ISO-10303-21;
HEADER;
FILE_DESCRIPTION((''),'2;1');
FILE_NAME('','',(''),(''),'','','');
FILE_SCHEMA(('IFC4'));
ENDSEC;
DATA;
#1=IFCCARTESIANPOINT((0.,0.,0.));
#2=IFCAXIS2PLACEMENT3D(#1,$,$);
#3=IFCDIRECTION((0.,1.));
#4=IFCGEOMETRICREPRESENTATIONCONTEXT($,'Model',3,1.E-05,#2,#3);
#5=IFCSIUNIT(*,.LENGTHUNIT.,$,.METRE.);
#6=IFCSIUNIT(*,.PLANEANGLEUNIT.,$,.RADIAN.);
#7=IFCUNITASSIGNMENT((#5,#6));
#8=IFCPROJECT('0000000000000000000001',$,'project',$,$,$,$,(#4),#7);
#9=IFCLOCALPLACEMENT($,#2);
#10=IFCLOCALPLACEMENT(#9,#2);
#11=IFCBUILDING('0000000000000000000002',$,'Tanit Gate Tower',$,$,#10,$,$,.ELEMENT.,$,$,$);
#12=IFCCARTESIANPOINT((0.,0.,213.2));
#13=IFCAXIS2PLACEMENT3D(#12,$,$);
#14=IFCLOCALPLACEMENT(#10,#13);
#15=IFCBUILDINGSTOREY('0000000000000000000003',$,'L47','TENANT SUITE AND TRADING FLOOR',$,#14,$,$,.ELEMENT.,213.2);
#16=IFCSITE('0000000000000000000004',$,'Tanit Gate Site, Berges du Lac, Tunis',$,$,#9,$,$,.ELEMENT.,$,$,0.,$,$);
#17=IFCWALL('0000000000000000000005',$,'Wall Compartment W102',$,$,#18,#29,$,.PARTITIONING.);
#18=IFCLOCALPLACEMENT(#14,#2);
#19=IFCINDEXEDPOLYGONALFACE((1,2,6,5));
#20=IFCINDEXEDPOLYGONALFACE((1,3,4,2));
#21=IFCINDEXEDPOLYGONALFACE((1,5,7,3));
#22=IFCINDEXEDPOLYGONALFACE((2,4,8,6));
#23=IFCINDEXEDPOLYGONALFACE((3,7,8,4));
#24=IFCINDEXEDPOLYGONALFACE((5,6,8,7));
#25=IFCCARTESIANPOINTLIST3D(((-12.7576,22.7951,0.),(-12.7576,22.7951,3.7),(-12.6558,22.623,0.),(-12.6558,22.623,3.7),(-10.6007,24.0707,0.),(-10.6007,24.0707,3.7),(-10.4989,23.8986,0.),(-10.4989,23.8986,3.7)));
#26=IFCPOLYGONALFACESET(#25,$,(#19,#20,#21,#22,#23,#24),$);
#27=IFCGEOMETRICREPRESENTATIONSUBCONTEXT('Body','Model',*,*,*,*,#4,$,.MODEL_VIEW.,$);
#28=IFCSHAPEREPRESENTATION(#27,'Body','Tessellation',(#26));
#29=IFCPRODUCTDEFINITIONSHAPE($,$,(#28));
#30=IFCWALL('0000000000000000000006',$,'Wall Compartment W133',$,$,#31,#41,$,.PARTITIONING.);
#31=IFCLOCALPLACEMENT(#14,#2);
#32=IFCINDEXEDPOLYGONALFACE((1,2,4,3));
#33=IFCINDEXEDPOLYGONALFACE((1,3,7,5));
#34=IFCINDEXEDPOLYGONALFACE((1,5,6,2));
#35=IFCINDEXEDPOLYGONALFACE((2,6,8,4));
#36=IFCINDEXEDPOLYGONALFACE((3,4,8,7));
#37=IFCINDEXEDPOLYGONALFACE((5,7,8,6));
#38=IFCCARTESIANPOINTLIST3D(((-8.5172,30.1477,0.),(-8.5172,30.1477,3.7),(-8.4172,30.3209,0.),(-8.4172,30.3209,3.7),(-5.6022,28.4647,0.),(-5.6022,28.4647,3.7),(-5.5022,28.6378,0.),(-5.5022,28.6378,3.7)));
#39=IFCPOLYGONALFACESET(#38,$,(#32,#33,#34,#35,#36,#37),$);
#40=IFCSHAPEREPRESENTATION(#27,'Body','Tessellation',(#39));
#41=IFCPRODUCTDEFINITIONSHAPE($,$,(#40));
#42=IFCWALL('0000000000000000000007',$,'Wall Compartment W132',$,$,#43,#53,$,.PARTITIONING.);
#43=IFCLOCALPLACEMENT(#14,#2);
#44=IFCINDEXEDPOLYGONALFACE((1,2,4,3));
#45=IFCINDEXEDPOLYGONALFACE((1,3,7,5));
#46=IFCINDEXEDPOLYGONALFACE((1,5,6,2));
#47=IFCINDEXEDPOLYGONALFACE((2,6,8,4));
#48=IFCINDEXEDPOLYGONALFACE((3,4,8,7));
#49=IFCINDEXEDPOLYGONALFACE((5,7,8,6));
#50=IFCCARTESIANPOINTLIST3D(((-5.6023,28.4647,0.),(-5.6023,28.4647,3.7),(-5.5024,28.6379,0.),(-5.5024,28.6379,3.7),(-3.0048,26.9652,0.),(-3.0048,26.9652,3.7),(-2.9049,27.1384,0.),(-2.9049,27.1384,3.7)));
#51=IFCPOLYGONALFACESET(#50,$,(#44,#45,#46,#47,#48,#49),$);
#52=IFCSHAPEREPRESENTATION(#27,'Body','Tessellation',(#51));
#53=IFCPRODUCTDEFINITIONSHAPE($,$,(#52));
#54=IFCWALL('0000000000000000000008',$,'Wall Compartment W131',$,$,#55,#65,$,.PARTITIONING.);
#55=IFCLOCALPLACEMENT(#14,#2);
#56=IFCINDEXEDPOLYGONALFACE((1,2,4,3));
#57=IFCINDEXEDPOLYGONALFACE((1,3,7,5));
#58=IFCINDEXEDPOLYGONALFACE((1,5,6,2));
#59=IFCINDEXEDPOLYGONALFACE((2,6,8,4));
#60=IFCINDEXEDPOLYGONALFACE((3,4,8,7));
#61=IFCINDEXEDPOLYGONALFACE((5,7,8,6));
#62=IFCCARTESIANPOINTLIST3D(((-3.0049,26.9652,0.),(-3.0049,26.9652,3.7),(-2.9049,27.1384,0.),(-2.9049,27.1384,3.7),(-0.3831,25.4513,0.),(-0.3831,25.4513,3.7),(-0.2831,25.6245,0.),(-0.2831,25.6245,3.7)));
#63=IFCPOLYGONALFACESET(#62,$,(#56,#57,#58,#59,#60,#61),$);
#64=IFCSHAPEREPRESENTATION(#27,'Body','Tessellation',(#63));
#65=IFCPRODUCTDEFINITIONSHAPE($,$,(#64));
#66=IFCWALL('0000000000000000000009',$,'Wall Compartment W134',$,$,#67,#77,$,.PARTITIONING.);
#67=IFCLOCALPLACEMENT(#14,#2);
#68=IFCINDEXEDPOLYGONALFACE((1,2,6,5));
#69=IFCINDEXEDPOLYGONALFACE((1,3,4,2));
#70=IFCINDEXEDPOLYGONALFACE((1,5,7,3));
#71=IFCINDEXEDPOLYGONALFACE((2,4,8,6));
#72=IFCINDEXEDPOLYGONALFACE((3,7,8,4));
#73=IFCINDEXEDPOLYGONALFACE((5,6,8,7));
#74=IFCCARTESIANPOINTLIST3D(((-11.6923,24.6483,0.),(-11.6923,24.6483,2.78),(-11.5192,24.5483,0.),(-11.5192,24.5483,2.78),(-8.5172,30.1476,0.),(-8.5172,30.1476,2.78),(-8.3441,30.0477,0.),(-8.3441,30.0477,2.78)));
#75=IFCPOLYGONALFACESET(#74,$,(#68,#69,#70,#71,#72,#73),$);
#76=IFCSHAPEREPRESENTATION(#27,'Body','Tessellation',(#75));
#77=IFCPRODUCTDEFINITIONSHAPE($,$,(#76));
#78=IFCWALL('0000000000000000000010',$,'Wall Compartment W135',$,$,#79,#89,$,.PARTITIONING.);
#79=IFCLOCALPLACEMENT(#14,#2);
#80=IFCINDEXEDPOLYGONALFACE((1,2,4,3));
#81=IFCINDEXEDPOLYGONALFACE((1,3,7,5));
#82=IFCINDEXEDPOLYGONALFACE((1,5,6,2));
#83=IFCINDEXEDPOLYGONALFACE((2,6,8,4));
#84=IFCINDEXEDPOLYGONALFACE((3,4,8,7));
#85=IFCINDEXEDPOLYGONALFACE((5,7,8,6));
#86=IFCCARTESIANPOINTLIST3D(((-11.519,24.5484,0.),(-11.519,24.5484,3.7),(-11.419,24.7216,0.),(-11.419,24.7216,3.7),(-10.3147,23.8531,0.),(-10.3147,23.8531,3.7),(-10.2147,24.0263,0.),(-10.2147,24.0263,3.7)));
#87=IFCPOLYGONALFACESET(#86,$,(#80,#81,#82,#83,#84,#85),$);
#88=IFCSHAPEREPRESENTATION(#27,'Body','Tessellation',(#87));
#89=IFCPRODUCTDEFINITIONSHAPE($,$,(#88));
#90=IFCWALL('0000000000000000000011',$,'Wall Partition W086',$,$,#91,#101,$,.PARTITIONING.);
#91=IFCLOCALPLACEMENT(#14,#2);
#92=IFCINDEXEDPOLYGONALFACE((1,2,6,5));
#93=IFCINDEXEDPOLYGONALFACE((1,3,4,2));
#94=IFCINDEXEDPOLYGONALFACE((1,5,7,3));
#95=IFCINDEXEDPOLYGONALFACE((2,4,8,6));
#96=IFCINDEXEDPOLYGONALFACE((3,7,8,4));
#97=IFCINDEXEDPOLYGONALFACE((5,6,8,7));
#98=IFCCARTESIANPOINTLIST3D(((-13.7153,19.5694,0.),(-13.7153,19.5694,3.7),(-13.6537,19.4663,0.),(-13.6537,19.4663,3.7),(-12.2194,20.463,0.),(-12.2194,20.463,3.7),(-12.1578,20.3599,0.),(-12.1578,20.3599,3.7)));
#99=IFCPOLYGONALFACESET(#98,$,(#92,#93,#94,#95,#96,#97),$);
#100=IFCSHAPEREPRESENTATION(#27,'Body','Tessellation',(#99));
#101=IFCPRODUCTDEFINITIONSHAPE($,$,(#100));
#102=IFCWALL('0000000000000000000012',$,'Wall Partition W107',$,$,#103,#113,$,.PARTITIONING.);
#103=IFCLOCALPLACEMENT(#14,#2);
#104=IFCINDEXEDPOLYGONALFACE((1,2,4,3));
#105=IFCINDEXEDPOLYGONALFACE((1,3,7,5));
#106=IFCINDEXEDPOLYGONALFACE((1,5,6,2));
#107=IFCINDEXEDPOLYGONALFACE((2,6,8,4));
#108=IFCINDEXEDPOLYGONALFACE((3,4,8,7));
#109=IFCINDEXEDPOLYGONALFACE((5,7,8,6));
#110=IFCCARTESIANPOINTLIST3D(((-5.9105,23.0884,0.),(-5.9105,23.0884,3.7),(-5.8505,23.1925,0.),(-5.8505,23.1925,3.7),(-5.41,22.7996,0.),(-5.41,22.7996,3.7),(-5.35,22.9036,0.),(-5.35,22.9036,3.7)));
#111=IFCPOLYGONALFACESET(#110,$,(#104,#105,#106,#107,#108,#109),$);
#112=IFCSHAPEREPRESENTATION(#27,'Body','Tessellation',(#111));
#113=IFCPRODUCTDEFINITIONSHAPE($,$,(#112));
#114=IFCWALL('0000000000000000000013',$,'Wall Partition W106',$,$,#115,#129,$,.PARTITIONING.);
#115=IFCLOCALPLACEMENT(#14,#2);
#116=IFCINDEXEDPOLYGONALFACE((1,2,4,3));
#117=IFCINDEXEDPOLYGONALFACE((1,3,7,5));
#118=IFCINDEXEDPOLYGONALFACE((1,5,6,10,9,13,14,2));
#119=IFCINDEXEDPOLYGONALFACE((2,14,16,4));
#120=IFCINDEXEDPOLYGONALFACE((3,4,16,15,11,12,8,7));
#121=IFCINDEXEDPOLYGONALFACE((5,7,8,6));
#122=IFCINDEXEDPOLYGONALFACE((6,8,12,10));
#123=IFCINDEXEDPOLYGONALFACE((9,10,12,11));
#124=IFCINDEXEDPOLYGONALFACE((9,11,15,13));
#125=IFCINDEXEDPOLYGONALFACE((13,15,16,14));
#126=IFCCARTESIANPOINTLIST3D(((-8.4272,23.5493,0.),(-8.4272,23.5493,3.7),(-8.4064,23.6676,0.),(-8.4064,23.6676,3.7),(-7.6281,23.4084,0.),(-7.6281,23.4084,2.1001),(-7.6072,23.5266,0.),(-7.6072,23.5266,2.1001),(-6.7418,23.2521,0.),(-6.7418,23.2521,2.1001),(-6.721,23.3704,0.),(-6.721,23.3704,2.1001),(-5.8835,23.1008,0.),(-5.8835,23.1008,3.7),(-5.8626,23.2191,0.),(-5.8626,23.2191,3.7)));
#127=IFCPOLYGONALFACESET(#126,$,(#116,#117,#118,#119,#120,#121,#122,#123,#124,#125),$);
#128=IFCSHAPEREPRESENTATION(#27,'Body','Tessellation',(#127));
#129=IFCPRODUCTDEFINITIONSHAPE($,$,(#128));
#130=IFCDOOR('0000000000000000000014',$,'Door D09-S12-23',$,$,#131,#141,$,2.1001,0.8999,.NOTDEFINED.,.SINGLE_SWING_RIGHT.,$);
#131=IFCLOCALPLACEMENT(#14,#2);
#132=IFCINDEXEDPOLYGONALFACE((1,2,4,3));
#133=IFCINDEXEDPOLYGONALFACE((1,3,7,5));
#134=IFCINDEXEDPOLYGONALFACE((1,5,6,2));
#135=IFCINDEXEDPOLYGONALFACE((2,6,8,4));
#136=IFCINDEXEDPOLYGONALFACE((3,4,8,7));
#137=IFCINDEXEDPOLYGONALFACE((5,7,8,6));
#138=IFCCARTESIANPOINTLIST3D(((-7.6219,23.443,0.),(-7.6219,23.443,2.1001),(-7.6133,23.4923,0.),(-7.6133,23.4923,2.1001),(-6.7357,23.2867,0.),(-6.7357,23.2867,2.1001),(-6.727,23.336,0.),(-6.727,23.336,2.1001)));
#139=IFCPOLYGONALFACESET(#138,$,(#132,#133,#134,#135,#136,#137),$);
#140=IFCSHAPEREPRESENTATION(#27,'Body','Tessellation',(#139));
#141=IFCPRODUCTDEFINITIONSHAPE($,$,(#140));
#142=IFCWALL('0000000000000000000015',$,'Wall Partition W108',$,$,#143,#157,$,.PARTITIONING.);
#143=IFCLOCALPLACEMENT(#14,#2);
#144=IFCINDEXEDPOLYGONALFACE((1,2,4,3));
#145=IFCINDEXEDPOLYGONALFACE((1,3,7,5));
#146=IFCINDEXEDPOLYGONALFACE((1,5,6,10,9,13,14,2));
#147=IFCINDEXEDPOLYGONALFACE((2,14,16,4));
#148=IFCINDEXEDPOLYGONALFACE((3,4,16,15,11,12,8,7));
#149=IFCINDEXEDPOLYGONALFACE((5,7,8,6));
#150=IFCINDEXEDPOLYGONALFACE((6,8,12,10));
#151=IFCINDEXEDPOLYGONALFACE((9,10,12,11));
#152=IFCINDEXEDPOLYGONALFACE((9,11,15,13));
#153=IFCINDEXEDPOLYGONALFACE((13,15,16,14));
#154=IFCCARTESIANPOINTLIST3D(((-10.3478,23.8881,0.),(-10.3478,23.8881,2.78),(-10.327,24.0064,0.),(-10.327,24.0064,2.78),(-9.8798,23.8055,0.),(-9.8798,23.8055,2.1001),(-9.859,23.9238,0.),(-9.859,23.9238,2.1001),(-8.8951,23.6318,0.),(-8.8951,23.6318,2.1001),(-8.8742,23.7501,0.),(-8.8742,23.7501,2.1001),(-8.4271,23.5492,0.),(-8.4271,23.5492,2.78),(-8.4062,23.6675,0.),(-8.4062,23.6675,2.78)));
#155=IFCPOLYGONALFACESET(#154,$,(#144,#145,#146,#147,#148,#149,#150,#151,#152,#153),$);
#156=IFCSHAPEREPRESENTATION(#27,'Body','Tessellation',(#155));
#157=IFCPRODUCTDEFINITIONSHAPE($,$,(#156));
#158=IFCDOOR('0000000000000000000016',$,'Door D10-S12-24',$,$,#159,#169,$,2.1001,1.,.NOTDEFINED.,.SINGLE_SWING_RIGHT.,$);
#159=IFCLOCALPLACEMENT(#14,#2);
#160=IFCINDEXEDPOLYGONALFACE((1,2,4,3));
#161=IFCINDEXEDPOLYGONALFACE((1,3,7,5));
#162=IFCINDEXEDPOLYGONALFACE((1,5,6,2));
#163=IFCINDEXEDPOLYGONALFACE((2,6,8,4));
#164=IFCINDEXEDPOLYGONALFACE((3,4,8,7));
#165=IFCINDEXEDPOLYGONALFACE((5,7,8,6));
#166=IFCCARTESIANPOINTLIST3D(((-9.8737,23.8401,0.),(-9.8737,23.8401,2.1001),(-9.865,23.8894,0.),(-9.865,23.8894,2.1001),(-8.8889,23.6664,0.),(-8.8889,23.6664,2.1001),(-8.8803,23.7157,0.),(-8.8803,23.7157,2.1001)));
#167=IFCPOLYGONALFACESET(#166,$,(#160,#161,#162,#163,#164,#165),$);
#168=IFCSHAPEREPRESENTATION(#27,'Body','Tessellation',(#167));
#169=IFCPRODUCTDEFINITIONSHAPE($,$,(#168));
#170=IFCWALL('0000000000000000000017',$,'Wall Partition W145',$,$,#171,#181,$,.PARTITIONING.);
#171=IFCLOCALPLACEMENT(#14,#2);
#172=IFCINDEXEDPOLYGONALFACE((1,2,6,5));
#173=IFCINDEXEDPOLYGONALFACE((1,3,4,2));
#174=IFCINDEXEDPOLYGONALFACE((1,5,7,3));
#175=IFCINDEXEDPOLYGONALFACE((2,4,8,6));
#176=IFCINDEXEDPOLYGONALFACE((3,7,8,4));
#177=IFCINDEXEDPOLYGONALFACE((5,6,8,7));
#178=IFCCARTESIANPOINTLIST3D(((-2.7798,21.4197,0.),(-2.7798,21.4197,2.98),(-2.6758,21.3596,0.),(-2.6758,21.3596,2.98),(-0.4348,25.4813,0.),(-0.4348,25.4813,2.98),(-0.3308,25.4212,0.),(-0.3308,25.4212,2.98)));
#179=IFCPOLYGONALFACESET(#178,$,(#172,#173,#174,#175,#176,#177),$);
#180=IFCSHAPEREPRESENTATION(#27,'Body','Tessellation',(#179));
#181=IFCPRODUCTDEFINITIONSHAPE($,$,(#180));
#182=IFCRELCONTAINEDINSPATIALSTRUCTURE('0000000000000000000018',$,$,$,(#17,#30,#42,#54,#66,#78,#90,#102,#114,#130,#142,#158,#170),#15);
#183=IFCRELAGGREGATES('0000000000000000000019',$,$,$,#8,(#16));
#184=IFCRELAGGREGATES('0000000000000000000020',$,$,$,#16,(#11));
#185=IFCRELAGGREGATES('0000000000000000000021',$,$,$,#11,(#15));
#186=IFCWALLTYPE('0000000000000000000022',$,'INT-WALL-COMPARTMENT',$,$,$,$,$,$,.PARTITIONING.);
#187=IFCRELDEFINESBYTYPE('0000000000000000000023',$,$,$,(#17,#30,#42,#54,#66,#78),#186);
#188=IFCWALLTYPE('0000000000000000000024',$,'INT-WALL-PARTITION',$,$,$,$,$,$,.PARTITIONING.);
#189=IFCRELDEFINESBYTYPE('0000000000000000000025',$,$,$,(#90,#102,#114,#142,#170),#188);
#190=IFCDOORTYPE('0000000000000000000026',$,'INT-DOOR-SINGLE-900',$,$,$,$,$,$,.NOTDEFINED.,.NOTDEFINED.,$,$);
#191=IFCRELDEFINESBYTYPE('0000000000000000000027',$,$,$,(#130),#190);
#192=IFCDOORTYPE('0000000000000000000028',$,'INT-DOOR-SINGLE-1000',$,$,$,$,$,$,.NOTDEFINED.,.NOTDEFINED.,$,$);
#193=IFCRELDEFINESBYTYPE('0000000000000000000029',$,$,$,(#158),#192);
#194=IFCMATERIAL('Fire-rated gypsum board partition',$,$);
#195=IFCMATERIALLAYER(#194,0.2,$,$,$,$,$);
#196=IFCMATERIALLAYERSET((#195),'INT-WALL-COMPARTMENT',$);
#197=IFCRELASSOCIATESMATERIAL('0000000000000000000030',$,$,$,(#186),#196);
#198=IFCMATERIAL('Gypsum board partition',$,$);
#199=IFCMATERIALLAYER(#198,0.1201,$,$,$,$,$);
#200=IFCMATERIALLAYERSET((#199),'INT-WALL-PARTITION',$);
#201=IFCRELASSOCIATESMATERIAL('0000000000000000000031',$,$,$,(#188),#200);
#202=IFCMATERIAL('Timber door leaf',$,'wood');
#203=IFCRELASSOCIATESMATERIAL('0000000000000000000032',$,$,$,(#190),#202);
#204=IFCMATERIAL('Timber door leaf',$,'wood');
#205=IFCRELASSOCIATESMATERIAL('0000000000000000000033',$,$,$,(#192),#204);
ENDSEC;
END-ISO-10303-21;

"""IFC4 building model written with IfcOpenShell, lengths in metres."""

from ifc_helpers import new_model, si_unit, direction, frame, frame_2d, origin, place, context, subcontext, project, spatial, rectangle, extrude, material, layer, layer_set, type_object, element, fill, save


model = new_model("IFC4")

# Units and contexts
model_context = context("Model", 3, precision=1e-05, world=origin(), true_north=direction((0.0, 1.0)))
body_context = subcontext(model_context, "Body", "Model", "MODEL_VIEW")
ifc_project = project(units=[si_unit("LENGTHUNIT", "METRE"), si_unit("PLANEANGLEUNIT", "RADIAN")], contexts=[model_context])

# Site, building, storey
site_placement = place(None, origin())
site = spatial("IfcSite", under=ifc_project, at=site_placement, Name="Tanit Gate Site, Berges du Lac, Tunis", CompositionType="ELEMENT", RefElevation=0.0)
building_placement = place(site_placement, origin())
building = spatial("IfcBuilding", under=site, at=building_placement, Name="Tanit Gate Tower", CompositionType="ELEMENT")
storey_placement = place(building_placement, frame((0.0, 0.0, 213.2)))
storey = spatial("IfcBuildingStorey", under=building, at=storey_placement, Name="L47", Description="TENANT SUITE AND TRADING FLOOR", CompositionType="ELEMENT", Elevation=213.2)

# Walls
ifc_material_1 = material(Name="Fire-rated gypsum board partition")
ifc_layer_1 = layer(ifc_material_1, 0.2)
ifc_layer_set_1 = layer_set([ifc_layer_1], Name="INT-WALL-COMPARTMENT")
wall_type_1 = type_object("IfcWallType", Name="INT-WALL-COMPARTMENT", PredefinedType="PARTITIONING", material=ifc_layer_set_1)
wall_1_placement = place(storey_placement, frame((-10.5498, 23.9846, 0.0), z_axis=(0.0, 0.0, 1.0), x_axis=(-0.860742, -0.509041, 0.0)))
element("IfcWall", 1, at=wall_1_placement, inside=storey, type_object=wall_type_1, Name="Wall Compartment W102", PredefinedType="PARTITIONING", context=body_context, shape_type="SweptSolid", body=[
    extrude(rectangle(XDim=2.5059, YDim=0.2, at=frame_2d((1.2529, 0.0))), origin(), (0.0, 0.0, 1.0), 3.7),
])
wall_2_placement = place(storey_placement, frame((-8.4673, 30.2344, 0.0), z_axis=(0.0, 0.0, 1.0), x_axis=(0.866012, -0.500024, 0.0)))
element("IfcWall", 2, at=wall_2_placement, inside=storey, type_object=wall_type_1, Name="Wall Compartment W133", PredefinedType="PARTITIONING", context=body_context, shape_type="SweptSolid", body=[
    extrude(rectangle(XDim=3.366, YDim=0.2, at=frame_2d((1.6831, 0.0))), origin(), (0.0, 0.0, 1.0), 3.7),
])
wall_3_placement = place(storey_placement, frame((-5.5522, 28.5513, 0.0), z_axis=(0.0, 0.0, 1.0), x_axis=(0.866041, -0.499974, 0.0)))
element("IfcWall", 3, at=wall_3_placement, inside=storey, type_object=wall_type_1, Name="Wall Compartment W132", PredefinedType="PARTITIONING", context=body_context, shape_type="SweptSolid", body=[
    extrude(rectangle(XDim=2.9993, YDim=0.2, at=frame_2d((1.4995, 0.0))), origin(), (0.0, 0.0, 1.0), 3.7),
])
wall_4_placement = place(storey_placement, frame((-2.9548, 27.0518, 0.0), z_axis=(0.0, 0.0, 1.0), x_axis=(0.865996, -0.500051, 0.0)))
element("IfcWall", 4, at=wall_4_placement, inside=storey, type_object=wall_type_1, Name="Wall Compartment W131", PredefinedType="PARTITIONING", context=body_context, shape_type="SweptSolid", body=[
    extrude(rectangle(XDim=3.0276, YDim=0.2, at=frame_2d((1.5137, 0.0))), origin(), (0.0, 0.0, 1.0), 3.7),
])
wall_5_placement = place(storey_placement, frame((-8.4307, 30.0977, 0.0), z_axis=(0.0, 0.0, 1.0), x_axis=(-0.500005, -0.866022, 0.0)))
element("IfcWall", 5, at=wall_5_placement, inside=storey, type_object=wall_type_1, Name="Wall Compartment W134", PredefinedType="PARTITIONING", context=body_context, shape_type="SweptSolid", body=[
    extrude(rectangle(XDim=6.3501, YDim=0.2, at=frame_2d((3.175, 0.0))), origin(), (0.0, 0.0, 1.0), 2.78),
])
wall_6_placement = place(storey_placement, frame((-11.469, 24.635, 0.0), z_axis=(0.0, 0.0, 1.0), x_axis=(0.866031, -0.499991, 0.0)))
element("IfcWall", 6, at=wall_6_placement, inside=storey, type_object=wall_type_1, Name="Wall Compartment W135", PredefinedType="PARTITIONING", context=body_context, shape_type="SweptSolid", body=[
    extrude(rectangle(XDim=1.3906, YDim=0.2, at=frame_2d((0.6953, 0.0))), origin(), (0.0, 0.0, 1.0), 3.7),
])
ifc_material_2 = material(Name="Gypsum board partition")
ifc_layer_2 = layer(ifc_material_2, 0.1201)
ifc_layer_set_2 = layer_set([ifc_layer_2], Name="INT-WALL-PARTITION")
wall_type_2 = type_object("IfcWallType", Name="INT-WALL-PARTITION", PredefinedType="PARTITIONING", material=ifc_layer_set_2)
wall_7_placement = place(storey_placement, frame((-12.1887, 20.4114, 0.0), z_axis=(0.0, 0.0, 1.0), x_axis=(-0.858493, -0.512826, 0.0)))
element("IfcWall", 7, at=wall_7_placement, inside=storey, type_object=wall_type_2, Name="Wall Partition W086", PredefinedType="PARTITIONING", context=body_context, shape_type="SweptSolid", body=[
    extrude(rectangle(XDim=1.7424, YDim=0.1201, at=frame_2d((0.8711, 0.0))), origin(), (0.0, 0.0, 1.0), 3.7),
])
wall_8_placement = place(storey_placement, frame((-5.3799, 22.8516, 0.0), z_axis=(0.0, 0.0, 1.0), x_axis=(-0.866129, 0.49982, 0.0)))
element("IfcWall", 8, at=wall_8_placement, inside=storey, type_object=wall_type_2, Name="Wall Partition W107", PredefinedType="PARTITIONING", context=body_context, shape_type="SweptSolid", body=[
    extrude(rectangle(XDim=0.5779, YDim=0.1201, at=frame_2d((0.2891, 0.0))), origin(), (0.0, 0.0, 1.0), 3.7),
])

# Walls, openings, doors
wall_9_placement = place(storey_placement, frame((-5.873, 23.1599, 0.0), z_axis=(0.0, 0.0, 1.0), x_axis=(-0.98481, 0.173634, 0.0)))
wall_9 = element("IfcWall", 9, at=wall_9_placement, inside=storey, type_object=wall_type_2, Name="Wall Partition W106", PredefinedType="PARTITIONING", context=body_context, shape_type="SweptSolid", body=[
    extrude(rectangle(XDim=2.583, YDim=0.1201, at=frame_2d((1.2915, 0.0))), origin(), (0.0, 0.0, 1.0), 3.7),
])
opening_1_placement = place(wall_9_placement, frame((0.8716, 0.0, 0.0)))
opening_1 = element("IfcOpeningElement", 10, at=opening_1_placement, cuts=wall_9, PredefinedType="OPENING", context=body_context, shape_type="SweptSolid", body=[
    extrude(rectangle(XDim=0.8999, YDim=2.1001, at=frame_2d((0.45, 1.05))), frame((0.0, 0.0701, 0.0), z_axis=(0.0, -1.0, 0.0), x_axis=(1.0, 0.0, 0.0)), (0.0, 0.0, 1.0), 0.1401),
])
ifc_material_3 = material(Name="Timber door leaf", Category="wood")
door_type_1 = type_object("IfcDoorType", Name="INT-DOOR-SINGLE-900", OperationType="NOTDEFINED", PredefinedType="NOTDEFINED", material=ifc_material_3)
door_1_placement = place(opening_1_placement, origin())
door_1 = element("IfcDoor", 11, at=door_1_placement, inside=storey, type_object=door_type_1, Name="Door D09-S12-23", OperationType="SINGLE_SWING_RIGHT", OverallHeight=2.1001, OverallWidth=0.8999, PredefinedType="NOTDEFINED", context=body_context, shape_type="SweptSolid", body=[
    extrude(rectangle(XDim=0.8999, YDim=2.1001, at=frame_2d((0.45, 1.05))), frame((0.0, 0.0249, 0.0), z_axis=(0.0, -1.0, 0.0), x_axis=(1.0, 0.0, 0.0)), (0.0, 0.0, 1.0), 0.05),
])
fill(opening_1, door_1)
wall_10_placement = place(storey_placement, frame((-8.4167, 23.6084, 0.0), z_axis=(0.0, 0.0, 1.0), x_axis=(-0.984794, 0.173728, 0.0)))
wall_10 = element("IfcWall", 12, at=wall_10_placement, inside=storey, type_object=wall_type_2, Name="Wall Partition W108", PredefinedType="PARTITIONING", context=body_context, shape_type="SweptSolid", body=[
    extrude(rectangle(XDim=1.9504, YDim=0.1201, at=frame_2d((0.9751, 0.0))), origin(), (0.0, 0.0, 1.0), 2.78),
])
opening_2_placement = place(wall_10_placement, frame((0.4751, 0.0, 0.0)))
opening_2 = element("IfcOpeningElement", 13, at=opening_2_placement, cuts=wall_10, PredefinedType="OPENING", context=body_context, shape_type="SweptSolid", body=[
    extrude(rectangle(XDim=1.0, YDim=2.1001, at=frame_2d((0.5, 1.05))), frame((0.0, 0.0701, 0.0), z_axis=(0.0, -1.0, 0.0), x_axis=(1.0, 0.0, 0.0)), (0.0, 0.0, 1.0), 0.1401),
])
ifc_material_4 = material(Name="Timber door leaf", Category="wood")
door_type_2 = type_object("IfcDoorType", Name="INT-DOOR-SINGLE-1000", OperationType="NOTDEFINED", PredefinedType="NOTDEFINED", material=ifc_material_4)
door_2_placement = place(opening_2_placement, origin())
door_2 = element("IfcDoor", 14, at=door_2_placement, inside=storey, type_object=door_type_2, Name="Door D10-S12-24", OperationType="SINGLE_SWING_RIGHT", OverallHeight=2.1001, OverallWidth=1.0, PredefinedType="NOTDEFINED", context=body_context, shape_type="SweptSolid", body=[
    extrude(rectangle(XDim=1.0, YDim=2.1001, at=frame_2d((0.5, 1.05))), frame((0.0, 0.0249, 0.0), z_axis=(0.0, -1.0, 0.0), x_axis=(1.0, 0.0, 0.0)), (0.0, 0.0, 1.0), 0.05),
])
fill(opening_2, door_2)

# Wall
wall_11_placement = place(storey_placement, frame((-2.7278, 21.3896, 0.0), z_axis=(0.0, 0.0, 1.0), x_axis=(0.500008, 0.866021, 0.0)))
element("IfcWall", 15, at=wall_11_placement, inside=storey, type_object=wall_type_2, Name="Wall Partition W145", PredefinedType="PARTITIONING", context=body_context, shape_type="SweptSolid", body=[
    extrude(rectangle(XDim=4.6899, YDim=0.1201, at=frame_2d((2.345, 0.0))), origin(), (0.0, 0.0, 1.0), 2.98),
])

save(model, "model.ifc")
